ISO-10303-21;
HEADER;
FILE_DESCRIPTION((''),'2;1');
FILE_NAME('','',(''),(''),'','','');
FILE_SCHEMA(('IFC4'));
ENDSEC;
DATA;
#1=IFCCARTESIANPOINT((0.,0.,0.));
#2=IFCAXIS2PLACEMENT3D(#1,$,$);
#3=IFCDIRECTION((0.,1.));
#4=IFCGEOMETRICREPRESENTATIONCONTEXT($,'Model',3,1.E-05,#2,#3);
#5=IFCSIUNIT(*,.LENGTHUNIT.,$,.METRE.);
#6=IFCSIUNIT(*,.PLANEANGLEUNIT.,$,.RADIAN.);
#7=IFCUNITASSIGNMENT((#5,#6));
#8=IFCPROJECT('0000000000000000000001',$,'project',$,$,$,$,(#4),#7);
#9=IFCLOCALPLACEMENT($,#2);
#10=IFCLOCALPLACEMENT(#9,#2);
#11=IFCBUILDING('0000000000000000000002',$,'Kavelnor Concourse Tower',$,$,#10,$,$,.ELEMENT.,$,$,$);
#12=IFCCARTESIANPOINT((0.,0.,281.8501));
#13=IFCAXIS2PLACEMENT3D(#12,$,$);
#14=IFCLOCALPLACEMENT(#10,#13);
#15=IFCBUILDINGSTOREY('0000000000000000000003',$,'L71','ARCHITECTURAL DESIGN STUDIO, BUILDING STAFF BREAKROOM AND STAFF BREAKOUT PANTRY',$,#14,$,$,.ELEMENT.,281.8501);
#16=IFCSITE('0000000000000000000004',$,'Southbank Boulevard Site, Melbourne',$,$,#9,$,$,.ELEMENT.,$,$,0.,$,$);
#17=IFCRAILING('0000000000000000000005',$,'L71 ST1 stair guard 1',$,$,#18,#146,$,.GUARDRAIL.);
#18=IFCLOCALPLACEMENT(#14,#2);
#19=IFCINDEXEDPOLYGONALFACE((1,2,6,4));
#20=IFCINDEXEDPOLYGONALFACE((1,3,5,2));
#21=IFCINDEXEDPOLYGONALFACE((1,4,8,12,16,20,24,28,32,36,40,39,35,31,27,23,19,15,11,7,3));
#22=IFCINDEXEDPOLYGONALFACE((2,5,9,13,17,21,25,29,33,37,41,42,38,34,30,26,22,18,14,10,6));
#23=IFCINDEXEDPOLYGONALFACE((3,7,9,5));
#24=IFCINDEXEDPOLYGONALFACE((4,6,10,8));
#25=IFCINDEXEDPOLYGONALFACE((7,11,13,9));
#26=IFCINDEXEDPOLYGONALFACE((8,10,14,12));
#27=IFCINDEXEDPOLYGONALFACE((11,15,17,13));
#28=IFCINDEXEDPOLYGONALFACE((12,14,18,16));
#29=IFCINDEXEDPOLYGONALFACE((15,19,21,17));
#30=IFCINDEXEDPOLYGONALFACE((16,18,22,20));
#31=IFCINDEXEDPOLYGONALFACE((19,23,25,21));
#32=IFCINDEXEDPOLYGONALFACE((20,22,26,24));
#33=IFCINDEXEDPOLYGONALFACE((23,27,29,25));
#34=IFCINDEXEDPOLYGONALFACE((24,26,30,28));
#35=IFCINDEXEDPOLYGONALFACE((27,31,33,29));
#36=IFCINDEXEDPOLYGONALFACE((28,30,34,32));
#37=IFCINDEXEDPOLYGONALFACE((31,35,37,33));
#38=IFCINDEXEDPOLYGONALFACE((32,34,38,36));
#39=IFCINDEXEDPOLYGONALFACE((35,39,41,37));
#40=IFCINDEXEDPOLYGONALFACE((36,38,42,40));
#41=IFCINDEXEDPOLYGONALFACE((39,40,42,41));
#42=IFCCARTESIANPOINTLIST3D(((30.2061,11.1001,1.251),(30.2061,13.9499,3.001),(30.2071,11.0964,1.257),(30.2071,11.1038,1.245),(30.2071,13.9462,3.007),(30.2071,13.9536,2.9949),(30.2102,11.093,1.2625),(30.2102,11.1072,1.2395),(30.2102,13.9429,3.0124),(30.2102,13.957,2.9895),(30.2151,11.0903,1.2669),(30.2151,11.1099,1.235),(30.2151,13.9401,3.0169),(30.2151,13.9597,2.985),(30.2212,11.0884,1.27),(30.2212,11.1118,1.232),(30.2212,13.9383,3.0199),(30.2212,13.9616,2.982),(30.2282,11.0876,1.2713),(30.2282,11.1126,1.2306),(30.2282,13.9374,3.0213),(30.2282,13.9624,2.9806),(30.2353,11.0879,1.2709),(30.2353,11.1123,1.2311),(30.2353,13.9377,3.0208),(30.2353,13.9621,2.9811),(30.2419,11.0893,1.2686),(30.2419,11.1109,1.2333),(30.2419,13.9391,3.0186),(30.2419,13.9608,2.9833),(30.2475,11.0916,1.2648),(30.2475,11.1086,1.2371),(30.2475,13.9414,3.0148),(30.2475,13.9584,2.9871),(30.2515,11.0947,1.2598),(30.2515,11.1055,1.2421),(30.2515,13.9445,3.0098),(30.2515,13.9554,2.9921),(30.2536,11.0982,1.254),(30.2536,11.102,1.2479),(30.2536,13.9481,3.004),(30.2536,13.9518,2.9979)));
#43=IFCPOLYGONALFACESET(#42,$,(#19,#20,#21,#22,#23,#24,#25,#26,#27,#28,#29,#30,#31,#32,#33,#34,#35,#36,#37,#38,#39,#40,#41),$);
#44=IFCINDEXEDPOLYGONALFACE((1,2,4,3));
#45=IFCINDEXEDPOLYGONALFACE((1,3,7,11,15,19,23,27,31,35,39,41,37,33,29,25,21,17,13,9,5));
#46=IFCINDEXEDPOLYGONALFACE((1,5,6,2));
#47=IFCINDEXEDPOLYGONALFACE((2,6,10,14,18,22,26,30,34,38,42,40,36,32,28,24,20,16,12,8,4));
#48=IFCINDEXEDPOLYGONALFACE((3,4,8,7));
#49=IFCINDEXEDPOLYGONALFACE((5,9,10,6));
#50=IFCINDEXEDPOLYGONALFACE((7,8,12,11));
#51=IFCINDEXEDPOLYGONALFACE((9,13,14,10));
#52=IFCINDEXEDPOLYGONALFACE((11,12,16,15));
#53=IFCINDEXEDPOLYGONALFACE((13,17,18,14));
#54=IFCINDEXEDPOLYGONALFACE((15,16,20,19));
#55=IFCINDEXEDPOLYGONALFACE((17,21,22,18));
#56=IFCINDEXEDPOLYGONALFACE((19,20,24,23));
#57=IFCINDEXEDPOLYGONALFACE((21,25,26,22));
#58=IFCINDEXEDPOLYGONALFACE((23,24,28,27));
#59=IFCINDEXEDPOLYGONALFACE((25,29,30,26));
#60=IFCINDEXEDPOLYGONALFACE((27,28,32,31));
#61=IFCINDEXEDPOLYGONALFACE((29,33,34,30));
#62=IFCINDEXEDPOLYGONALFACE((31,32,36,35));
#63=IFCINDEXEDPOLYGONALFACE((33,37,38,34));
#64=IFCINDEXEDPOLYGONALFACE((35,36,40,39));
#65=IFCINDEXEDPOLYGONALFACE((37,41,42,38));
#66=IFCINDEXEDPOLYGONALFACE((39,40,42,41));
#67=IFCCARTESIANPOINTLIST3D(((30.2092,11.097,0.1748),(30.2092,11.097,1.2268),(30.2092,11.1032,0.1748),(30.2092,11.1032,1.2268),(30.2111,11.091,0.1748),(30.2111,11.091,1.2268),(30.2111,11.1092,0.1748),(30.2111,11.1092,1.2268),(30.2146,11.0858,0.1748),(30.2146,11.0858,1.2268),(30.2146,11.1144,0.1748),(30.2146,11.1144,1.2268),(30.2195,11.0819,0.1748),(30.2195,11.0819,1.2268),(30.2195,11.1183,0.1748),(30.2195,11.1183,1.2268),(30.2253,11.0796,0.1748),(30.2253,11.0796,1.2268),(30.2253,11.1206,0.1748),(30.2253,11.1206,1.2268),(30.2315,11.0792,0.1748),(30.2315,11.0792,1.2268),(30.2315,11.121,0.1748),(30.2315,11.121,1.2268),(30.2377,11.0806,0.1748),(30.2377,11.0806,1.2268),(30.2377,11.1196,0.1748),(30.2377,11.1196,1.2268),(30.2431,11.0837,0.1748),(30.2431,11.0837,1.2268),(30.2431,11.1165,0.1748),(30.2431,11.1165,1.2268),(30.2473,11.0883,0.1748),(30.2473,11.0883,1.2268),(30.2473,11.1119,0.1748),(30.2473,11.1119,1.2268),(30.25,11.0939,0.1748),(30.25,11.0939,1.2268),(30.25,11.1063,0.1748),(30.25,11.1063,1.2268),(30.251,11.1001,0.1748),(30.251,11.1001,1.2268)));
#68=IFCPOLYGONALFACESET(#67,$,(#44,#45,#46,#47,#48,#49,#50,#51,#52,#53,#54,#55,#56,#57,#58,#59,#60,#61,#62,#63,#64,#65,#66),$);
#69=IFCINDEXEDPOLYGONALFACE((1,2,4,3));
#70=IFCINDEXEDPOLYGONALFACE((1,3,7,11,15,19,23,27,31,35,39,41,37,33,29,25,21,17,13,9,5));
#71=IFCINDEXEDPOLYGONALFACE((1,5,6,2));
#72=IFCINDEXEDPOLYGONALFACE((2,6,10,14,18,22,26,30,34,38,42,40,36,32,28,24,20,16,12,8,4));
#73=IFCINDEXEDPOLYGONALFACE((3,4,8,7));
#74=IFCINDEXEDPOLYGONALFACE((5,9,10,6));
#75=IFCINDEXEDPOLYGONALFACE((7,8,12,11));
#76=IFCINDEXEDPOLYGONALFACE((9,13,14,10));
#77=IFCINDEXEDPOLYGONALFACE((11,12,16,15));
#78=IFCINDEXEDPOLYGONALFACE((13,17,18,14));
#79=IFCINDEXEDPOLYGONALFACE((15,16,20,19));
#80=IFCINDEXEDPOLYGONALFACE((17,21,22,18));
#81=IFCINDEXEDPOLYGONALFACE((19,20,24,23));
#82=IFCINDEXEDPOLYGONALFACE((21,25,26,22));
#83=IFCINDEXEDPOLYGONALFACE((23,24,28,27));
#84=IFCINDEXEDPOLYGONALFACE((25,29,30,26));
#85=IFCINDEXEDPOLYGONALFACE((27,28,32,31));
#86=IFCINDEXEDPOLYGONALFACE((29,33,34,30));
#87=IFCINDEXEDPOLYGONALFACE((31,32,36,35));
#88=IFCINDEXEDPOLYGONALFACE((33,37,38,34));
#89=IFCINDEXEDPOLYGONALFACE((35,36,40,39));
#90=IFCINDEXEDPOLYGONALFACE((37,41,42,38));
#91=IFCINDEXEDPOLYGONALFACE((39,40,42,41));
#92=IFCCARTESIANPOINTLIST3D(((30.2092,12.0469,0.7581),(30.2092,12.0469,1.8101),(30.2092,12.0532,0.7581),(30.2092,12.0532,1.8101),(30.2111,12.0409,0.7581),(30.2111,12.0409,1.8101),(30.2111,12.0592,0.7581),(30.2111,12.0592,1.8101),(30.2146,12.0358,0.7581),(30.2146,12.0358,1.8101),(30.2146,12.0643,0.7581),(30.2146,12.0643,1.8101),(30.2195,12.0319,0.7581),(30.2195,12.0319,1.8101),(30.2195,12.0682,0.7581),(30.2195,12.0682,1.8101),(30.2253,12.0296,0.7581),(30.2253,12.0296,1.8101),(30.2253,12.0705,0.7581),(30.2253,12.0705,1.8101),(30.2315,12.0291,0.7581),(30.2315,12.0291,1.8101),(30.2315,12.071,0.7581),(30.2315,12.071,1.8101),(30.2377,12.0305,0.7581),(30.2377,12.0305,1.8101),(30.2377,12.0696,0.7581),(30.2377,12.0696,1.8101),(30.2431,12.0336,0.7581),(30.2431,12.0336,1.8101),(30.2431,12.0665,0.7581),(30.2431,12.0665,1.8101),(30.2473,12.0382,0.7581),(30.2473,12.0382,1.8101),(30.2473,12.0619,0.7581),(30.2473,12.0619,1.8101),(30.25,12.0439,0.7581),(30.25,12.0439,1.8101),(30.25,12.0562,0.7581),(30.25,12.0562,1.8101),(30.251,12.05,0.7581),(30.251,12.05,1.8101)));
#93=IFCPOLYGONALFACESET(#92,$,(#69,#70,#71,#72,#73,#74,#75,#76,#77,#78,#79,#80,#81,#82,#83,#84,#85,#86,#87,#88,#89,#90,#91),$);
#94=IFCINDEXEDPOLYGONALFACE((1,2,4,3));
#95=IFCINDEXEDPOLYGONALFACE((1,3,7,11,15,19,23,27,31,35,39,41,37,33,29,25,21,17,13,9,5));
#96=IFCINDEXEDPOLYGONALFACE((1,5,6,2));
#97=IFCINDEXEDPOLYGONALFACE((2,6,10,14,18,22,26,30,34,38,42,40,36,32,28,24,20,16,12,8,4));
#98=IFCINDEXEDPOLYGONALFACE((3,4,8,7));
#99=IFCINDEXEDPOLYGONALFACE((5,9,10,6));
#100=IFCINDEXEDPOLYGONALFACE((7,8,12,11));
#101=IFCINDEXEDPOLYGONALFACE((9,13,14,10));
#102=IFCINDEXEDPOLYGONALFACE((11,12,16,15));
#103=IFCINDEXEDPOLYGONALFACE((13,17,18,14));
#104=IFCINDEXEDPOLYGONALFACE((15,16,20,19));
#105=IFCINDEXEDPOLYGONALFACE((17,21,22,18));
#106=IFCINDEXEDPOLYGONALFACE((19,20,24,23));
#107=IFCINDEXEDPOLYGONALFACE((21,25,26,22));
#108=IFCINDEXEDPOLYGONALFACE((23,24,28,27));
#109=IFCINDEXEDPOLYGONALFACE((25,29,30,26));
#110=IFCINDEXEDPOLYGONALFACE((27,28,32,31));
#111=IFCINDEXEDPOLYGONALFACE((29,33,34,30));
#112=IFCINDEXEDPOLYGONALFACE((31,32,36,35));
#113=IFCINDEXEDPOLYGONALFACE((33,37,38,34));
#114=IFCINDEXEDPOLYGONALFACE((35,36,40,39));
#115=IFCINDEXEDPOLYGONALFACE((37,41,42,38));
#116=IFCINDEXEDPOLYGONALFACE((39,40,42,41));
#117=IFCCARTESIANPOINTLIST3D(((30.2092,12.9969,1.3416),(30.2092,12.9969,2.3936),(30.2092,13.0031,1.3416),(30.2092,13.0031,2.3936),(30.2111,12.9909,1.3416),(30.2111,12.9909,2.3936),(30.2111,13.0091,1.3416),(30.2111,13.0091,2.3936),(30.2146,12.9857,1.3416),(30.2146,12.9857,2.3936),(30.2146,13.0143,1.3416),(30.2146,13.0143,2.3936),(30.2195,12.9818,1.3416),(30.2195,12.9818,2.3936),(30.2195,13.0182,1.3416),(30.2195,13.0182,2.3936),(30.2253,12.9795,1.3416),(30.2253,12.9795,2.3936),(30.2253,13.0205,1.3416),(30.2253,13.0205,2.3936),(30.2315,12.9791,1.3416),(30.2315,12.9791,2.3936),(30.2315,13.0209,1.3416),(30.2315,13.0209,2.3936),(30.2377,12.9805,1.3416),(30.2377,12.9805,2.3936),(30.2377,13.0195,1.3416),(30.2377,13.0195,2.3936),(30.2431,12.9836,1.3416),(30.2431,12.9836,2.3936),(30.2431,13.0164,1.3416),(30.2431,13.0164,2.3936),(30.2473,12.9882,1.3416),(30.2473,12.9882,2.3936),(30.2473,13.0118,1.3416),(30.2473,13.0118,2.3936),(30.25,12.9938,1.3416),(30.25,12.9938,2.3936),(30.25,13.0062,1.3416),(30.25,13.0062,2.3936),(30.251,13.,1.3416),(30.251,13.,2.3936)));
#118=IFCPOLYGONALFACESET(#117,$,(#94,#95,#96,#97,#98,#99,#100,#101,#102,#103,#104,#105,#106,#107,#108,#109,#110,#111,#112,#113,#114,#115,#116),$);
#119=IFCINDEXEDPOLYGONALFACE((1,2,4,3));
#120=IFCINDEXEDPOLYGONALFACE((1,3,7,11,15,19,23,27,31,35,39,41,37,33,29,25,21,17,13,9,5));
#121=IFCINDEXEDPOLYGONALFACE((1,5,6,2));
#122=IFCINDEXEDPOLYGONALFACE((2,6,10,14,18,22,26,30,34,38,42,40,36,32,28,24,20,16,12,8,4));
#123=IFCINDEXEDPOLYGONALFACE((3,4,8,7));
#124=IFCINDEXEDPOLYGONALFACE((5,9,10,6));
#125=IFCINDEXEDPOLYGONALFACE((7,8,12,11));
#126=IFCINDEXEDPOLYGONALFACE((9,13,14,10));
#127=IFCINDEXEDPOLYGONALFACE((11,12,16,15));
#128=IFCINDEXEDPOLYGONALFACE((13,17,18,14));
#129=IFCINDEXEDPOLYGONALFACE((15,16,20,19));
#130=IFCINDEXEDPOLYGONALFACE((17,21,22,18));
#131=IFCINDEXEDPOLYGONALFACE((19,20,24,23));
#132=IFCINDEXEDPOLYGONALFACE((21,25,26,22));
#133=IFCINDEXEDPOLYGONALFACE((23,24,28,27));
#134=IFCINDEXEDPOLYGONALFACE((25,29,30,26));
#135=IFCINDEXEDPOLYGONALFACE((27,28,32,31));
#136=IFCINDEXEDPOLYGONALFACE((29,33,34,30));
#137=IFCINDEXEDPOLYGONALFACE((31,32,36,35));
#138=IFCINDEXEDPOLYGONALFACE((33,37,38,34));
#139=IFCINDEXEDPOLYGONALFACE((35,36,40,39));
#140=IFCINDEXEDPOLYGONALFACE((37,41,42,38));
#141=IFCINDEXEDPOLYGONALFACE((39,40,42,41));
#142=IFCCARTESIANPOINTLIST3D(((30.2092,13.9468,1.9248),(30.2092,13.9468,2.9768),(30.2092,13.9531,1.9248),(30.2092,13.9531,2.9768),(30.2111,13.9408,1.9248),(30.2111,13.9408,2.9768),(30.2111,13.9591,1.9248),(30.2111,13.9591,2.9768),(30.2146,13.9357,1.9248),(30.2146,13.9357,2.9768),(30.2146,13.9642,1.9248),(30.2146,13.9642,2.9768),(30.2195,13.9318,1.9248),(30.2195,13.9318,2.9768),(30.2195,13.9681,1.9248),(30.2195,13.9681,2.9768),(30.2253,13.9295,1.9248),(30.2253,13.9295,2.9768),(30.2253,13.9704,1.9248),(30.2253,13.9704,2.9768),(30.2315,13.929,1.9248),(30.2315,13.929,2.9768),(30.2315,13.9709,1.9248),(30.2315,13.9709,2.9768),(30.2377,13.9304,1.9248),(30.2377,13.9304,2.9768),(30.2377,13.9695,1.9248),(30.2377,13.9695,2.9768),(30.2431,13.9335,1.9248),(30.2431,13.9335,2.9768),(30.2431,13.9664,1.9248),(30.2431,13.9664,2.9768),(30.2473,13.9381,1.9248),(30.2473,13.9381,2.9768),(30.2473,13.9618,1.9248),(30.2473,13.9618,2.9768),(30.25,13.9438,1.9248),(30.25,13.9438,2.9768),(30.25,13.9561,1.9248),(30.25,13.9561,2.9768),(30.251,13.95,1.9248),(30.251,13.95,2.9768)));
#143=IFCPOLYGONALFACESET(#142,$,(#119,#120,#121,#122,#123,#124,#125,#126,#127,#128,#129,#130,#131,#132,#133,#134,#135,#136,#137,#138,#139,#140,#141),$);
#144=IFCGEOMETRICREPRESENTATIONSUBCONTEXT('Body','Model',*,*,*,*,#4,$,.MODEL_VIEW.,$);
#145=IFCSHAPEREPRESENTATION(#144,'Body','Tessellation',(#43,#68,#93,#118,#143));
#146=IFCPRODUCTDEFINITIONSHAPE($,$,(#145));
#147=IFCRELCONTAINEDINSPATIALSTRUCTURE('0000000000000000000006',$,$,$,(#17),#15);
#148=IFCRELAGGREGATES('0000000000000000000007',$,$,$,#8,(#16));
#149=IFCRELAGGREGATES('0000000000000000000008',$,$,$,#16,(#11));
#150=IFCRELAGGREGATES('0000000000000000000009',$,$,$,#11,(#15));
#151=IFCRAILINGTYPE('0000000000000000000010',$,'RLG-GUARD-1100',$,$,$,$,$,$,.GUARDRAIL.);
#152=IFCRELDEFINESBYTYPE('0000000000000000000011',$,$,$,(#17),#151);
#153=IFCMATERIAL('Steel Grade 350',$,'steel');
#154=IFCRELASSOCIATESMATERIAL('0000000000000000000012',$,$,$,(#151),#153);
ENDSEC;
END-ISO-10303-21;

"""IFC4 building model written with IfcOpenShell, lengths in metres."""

from ifc_helpers import new_model, si_unit, direction, frame, origin, origin_2d, place, context, subcontext, project, spatial, circle, extrude, material, type_object, element, save


model = new_model("IFC4")

# Units and contexts
model_context = context("Model", 3, precision=1e-05, world=origin(), true_north=direction((0.0, 1.0)))
body_context = subcontext(model_context, "Body", "Model", "MODEL_VIEW")
ifc_project = project(units=[si_unit("LENGTHUNIT", "METRE"), si_unit("PLANEANGLEUNIT", "RADIAN")], contexts=[model_context])

# Site, building, storey
site_placement = place(None, origin())
site = spatial("IfcSite", under=ifc_project, at=site_placement, Name="Southbank Boulevard Site, Melbourne", CompositionType="ELEMENT", RefElevation=0.0)
building_placement = place(site_placement, origin())
building = spatial("IfcBuilding", under=site, at=building_placement, Name="Kavelnor Concourse Tower", CompositionType="ELEMENT")
storey_placement = place(building_placement, frame((0.0, 0.0, 281.8501)))
storey = spatial("IfcBuildingStorey", under=building, at=storey_placement, Name="L71", Description="ARCHITECTURAL DESIGN STUDIO, BUILDING STAFF BREAKROOM AND STAFF BREAKOUT PANTRY", CompositionType="ELEMENT", Elevation=281.8501)

# Shared definitions
ifc_material_1 = material(Name="Steel Grade 350", Category="steel")

# Railing
railing_type_1 = type_object("IfcRailingType", Name="RLG-GUARD-1100", PredefinedType="GUARDRAIL", material=ifc_material_1)
railing_1_placement = place(storey_placement, frame((30.23, 11.1001, 0.1748)))
element("IfcRailing", 1, at=railing_1_placement, inside=storey, type_object=railing_type_1, Name="L71 ST1 stair guard 1", PredefinedType="GUARDRAIL", context=body_context, shape_type="SweptSolid", body=[
    extrude(circle(Radius=0.0239, at=origin_2d()), frame((0.0, 0.0, 1.0762), z_axis=(0.0, 0.852159, 0.523283), x_axis=(-1.0, 0.0, 0.0)), (0.0, 0.0, 1.0), 3.3442),
    extrude(circle(Radius=0.021, at=origin_2d()), origin(), (0.0, 0.0, 1.0), 1.052),
    extrude(circle(Radius=0.021, at=origin_2d()), frame((0.0, 0.95, 0.5833)), (0.0, 0.0, 1.0), 1.052),
    extrude(circle(Radius=0.021, at=origin_2d()), frame((0.0, 1.8999, 1.1667)), (0.0, 0.0, 1.0), 1.052),
    extrude(circle(Radius=0.021, at=origin_2d()), frame((0.0, 2.8499, 1.75)), (0.0, 0.0, 1.0), 1.052),
])

save(model, "model.ifc")
